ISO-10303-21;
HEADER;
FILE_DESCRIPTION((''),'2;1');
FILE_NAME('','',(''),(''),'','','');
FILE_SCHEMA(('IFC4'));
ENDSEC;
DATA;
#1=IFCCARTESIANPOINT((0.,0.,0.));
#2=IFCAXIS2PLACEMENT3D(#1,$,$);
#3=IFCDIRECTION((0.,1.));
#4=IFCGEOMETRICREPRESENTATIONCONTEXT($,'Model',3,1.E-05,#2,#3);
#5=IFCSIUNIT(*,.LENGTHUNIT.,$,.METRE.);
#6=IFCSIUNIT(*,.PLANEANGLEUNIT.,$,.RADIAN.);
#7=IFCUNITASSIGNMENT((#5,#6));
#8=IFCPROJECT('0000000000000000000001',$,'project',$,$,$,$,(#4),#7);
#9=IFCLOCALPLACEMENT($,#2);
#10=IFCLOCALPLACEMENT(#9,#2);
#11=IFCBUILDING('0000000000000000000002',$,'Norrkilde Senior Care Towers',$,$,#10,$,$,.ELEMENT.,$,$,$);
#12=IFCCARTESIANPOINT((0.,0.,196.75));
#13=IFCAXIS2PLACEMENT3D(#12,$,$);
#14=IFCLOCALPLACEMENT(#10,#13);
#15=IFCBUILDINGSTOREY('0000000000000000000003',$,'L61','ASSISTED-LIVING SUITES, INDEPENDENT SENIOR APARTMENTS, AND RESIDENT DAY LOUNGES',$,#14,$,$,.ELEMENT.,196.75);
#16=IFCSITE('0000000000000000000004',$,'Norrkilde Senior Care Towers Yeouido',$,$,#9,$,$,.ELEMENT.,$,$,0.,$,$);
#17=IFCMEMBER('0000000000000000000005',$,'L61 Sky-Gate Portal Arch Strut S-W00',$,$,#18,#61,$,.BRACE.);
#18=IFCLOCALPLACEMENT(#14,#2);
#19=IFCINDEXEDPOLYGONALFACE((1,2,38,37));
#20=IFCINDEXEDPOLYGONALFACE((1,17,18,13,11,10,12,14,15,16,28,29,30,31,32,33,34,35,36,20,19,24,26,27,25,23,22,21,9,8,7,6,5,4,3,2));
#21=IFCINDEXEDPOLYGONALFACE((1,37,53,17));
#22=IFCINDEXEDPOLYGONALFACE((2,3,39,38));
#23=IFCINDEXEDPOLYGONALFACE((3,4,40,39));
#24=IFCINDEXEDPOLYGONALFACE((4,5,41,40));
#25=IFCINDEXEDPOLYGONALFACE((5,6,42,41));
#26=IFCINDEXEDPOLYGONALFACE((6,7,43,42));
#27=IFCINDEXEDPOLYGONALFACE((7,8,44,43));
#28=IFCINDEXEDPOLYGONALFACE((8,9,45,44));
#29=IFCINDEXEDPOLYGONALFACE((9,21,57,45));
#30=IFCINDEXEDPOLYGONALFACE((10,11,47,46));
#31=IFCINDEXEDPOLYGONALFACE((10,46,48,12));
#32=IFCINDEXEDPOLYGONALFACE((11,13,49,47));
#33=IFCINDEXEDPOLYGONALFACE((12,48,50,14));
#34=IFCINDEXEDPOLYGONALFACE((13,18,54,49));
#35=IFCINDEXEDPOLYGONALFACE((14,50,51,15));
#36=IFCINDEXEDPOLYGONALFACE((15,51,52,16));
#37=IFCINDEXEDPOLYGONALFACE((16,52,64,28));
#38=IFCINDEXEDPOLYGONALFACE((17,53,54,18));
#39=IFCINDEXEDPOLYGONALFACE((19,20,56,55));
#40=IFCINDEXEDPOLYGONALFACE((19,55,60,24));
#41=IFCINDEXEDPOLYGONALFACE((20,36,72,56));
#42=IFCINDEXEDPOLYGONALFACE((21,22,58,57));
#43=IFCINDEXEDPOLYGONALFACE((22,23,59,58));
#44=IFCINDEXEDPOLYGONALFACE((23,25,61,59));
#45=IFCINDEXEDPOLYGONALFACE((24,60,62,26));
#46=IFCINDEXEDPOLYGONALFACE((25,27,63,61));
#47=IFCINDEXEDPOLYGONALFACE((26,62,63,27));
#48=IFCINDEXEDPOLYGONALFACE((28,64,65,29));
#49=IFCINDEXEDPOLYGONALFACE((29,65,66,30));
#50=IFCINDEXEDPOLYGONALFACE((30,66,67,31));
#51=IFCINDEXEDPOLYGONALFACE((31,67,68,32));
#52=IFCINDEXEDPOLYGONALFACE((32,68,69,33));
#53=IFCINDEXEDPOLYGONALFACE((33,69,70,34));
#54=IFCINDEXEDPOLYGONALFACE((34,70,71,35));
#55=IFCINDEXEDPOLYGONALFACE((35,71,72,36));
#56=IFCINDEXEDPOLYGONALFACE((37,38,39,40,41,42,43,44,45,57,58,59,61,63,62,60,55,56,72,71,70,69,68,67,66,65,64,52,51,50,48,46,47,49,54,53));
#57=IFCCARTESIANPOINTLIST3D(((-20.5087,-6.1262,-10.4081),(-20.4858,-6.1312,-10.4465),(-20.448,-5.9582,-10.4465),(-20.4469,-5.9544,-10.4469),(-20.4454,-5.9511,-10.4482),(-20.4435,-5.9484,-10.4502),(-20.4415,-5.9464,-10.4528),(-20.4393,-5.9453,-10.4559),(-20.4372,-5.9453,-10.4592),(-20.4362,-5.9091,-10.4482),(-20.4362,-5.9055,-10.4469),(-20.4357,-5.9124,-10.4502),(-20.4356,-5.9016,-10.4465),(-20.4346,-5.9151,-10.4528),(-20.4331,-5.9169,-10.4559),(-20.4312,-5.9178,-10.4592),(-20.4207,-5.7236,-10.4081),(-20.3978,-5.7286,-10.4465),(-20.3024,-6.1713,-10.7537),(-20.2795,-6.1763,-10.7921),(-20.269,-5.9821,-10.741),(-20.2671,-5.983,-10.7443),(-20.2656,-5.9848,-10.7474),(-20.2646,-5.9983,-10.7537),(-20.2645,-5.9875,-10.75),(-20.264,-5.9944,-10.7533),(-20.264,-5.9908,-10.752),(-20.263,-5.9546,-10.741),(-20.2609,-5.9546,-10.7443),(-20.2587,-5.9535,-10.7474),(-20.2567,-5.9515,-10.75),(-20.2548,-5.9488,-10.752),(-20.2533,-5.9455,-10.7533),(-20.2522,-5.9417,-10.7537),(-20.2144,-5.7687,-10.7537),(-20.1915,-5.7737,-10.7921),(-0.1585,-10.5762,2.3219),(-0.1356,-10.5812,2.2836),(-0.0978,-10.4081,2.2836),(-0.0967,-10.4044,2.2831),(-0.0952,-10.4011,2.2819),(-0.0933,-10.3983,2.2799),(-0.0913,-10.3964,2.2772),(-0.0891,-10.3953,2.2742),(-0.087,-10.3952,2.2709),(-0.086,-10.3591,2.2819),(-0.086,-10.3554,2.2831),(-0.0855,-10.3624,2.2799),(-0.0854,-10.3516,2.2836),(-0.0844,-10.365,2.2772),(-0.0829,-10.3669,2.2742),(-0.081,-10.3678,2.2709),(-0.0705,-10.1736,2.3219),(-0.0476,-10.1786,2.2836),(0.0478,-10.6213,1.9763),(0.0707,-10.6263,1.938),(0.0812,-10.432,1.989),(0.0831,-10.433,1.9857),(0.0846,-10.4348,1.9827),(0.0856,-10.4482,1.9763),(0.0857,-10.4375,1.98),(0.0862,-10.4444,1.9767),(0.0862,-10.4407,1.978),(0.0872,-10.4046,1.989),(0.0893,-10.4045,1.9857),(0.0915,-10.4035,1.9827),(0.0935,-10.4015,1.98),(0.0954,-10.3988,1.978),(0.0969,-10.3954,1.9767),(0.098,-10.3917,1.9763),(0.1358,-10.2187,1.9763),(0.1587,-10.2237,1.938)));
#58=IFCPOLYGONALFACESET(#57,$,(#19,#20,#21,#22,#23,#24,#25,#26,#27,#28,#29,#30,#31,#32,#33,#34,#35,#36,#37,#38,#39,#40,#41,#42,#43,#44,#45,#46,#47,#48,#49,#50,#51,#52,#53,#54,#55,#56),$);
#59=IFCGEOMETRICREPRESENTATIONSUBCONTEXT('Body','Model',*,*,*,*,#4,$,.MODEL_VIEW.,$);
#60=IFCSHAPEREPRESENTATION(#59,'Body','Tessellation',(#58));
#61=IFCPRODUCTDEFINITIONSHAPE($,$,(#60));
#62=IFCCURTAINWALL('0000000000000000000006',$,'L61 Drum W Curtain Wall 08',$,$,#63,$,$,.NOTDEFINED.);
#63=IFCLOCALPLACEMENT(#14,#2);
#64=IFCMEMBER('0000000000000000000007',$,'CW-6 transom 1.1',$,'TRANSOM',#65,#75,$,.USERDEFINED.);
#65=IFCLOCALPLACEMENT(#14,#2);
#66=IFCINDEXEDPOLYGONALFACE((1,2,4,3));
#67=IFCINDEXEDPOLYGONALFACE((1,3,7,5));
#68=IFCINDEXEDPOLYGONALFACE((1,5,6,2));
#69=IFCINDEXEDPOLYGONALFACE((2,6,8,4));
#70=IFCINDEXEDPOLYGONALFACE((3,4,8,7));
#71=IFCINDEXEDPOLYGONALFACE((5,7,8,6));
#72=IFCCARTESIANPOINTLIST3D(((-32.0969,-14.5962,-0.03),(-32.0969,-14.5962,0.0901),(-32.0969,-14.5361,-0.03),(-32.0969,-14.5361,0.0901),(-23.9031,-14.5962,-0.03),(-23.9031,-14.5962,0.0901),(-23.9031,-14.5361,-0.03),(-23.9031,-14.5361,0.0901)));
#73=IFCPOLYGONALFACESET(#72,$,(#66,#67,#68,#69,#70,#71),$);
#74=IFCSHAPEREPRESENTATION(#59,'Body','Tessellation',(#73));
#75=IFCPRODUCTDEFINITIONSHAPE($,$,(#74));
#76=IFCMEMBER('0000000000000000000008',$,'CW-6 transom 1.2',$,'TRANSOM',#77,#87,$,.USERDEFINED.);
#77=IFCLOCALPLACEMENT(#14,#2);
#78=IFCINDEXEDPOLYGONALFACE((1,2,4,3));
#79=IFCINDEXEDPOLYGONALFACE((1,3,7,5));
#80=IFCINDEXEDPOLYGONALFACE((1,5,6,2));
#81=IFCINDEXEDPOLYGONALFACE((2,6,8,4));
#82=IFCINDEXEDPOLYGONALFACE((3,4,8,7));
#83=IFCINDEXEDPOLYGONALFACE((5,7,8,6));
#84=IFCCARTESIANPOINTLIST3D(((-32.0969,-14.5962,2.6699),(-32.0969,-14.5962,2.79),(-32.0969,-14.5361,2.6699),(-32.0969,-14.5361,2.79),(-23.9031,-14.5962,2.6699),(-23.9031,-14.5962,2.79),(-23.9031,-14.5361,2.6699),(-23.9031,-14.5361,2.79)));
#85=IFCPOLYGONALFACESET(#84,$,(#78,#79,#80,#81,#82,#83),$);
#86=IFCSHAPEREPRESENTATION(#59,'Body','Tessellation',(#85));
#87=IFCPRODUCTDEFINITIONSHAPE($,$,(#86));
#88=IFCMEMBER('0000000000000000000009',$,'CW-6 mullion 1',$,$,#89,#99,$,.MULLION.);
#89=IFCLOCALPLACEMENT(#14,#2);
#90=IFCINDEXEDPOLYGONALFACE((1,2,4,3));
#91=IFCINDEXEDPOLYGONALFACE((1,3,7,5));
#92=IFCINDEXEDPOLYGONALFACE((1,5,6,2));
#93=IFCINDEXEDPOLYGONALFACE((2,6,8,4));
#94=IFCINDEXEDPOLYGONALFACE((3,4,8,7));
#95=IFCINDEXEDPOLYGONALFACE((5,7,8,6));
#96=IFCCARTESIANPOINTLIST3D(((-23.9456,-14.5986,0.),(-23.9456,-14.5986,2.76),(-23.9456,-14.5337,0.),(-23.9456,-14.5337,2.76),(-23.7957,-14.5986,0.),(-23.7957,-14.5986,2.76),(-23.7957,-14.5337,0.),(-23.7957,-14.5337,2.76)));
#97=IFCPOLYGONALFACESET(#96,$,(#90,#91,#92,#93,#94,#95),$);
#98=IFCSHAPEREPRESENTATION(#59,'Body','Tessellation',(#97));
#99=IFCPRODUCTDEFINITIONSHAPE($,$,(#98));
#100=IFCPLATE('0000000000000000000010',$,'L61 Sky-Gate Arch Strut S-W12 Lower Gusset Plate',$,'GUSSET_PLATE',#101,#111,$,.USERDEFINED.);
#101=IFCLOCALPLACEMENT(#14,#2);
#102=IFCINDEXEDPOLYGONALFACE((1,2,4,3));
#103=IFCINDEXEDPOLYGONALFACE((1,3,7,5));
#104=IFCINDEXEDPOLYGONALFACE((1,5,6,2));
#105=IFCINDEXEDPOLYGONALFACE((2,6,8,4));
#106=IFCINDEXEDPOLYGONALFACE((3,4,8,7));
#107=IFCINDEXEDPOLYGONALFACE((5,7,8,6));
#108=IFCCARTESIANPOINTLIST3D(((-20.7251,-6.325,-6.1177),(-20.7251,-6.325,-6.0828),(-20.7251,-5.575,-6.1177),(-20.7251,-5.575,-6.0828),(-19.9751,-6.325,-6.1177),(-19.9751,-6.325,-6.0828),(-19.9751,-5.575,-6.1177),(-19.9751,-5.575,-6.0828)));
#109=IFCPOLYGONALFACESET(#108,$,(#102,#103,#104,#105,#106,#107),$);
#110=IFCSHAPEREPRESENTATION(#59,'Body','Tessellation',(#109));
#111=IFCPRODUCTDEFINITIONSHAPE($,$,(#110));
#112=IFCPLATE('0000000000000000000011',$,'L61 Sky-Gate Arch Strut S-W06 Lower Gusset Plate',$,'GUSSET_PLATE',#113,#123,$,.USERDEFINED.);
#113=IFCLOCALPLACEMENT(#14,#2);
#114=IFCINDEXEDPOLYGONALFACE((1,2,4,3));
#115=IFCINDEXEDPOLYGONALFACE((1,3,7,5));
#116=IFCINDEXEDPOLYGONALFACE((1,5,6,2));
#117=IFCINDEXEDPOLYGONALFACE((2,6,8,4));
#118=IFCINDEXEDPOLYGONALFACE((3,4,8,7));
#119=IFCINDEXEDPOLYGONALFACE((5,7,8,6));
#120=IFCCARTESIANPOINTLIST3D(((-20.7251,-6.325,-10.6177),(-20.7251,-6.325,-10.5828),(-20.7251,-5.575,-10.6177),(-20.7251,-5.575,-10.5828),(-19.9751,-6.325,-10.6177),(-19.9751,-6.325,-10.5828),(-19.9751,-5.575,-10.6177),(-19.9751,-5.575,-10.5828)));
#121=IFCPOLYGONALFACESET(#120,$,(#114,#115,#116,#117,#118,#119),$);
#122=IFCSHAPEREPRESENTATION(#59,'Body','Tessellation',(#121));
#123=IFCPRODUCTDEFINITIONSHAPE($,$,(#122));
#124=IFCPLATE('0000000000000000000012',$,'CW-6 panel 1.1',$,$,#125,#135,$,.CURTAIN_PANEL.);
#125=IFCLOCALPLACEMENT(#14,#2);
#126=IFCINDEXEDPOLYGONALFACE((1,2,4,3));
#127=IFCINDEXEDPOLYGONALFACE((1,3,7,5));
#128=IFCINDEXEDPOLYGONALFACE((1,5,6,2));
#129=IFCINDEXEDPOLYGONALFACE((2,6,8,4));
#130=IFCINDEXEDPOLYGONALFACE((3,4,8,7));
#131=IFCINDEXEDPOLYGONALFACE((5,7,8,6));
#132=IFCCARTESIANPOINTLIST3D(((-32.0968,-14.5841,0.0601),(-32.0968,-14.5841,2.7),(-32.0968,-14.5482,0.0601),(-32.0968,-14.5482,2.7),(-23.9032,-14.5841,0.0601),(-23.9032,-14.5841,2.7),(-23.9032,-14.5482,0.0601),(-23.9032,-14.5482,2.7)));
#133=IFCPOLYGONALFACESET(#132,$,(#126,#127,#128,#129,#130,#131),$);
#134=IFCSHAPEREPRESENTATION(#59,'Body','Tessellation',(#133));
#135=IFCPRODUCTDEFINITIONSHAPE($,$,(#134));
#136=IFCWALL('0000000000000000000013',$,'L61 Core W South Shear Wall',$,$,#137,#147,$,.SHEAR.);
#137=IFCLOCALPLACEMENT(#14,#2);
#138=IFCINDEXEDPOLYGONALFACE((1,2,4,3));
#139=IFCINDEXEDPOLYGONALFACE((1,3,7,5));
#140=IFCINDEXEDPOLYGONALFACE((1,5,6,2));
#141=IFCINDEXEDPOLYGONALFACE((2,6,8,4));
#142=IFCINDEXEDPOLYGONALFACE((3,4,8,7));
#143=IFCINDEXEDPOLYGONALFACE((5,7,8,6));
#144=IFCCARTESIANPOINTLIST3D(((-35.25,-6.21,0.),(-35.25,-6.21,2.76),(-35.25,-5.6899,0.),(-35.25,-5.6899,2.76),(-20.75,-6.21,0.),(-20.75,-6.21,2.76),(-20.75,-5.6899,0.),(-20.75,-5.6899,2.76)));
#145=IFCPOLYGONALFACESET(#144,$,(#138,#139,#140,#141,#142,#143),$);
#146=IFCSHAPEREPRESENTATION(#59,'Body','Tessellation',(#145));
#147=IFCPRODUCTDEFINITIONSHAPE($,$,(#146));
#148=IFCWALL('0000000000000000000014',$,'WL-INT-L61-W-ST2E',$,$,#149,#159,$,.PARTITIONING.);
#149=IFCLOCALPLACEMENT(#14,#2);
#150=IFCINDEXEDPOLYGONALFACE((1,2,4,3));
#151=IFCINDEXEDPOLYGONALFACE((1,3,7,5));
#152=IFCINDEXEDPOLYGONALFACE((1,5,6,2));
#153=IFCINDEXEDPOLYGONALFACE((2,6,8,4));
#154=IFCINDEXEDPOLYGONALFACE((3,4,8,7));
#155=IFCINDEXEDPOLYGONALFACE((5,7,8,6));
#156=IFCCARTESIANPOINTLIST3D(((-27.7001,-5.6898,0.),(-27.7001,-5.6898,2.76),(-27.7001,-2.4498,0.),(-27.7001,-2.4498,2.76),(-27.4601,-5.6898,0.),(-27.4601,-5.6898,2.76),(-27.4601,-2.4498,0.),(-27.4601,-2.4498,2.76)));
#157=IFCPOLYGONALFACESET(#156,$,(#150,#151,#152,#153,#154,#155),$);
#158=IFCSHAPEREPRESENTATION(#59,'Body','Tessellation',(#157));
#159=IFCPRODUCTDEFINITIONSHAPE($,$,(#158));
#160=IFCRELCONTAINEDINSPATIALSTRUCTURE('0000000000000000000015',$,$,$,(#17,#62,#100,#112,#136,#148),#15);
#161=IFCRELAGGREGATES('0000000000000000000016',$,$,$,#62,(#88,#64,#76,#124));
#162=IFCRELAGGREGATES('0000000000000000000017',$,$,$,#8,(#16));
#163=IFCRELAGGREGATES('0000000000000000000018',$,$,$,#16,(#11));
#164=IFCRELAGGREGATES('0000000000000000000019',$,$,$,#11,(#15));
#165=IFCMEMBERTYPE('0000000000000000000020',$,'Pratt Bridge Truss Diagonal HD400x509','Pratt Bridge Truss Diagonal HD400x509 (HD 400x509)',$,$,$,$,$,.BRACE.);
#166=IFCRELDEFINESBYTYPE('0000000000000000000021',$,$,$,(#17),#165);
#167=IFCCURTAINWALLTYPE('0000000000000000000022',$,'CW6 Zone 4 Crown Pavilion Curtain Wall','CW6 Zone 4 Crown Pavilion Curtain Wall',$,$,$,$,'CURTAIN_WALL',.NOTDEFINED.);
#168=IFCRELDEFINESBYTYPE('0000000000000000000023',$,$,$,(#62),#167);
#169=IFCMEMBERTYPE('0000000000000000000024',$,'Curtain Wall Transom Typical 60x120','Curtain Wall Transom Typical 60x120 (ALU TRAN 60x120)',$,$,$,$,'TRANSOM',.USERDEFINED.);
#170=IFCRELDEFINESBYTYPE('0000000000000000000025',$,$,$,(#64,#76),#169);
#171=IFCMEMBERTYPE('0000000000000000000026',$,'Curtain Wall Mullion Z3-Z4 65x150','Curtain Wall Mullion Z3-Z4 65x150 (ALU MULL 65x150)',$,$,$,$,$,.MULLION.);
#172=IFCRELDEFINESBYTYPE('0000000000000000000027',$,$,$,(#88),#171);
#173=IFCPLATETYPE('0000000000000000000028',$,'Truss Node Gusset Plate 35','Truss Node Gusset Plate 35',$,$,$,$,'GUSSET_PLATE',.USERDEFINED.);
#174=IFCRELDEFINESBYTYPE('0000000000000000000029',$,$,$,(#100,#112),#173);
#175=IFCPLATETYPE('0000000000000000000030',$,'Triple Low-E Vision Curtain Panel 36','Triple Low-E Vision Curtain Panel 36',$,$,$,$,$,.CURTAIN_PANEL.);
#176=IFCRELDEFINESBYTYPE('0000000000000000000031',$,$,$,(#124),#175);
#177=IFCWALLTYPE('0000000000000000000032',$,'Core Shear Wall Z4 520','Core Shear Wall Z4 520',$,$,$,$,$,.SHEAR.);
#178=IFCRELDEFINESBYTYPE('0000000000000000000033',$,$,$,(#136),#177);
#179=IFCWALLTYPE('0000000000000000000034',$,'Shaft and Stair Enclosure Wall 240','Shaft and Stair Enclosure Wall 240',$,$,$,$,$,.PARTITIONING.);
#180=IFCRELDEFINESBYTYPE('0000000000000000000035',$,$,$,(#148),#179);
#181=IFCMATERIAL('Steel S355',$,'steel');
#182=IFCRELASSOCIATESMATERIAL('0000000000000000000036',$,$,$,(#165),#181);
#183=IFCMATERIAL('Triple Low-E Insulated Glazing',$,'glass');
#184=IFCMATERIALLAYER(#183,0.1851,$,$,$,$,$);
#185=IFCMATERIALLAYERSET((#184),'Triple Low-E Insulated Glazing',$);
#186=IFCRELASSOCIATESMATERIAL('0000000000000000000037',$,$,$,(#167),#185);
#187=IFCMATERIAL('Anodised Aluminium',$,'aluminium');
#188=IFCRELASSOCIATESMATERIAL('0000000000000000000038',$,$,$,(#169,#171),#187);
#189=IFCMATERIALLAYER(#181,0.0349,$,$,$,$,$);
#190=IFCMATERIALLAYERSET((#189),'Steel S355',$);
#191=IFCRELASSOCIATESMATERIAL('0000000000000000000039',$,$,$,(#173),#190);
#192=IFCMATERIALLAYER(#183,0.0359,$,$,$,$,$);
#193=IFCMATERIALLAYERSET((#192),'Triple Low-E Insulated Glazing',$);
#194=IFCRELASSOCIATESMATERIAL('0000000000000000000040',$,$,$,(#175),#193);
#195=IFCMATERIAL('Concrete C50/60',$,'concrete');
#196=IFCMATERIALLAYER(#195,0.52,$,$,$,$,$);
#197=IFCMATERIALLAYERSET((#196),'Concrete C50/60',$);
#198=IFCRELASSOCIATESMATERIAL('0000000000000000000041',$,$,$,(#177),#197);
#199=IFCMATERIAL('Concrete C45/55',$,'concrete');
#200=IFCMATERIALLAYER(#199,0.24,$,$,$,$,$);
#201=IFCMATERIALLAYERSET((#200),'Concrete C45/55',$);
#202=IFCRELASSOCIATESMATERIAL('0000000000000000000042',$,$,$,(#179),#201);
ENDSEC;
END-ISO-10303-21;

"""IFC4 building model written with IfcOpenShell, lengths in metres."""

from ifc_helpers import new_model, si_unit, direction, frame, frame_2d, origin, origin_2d, place, context, subcontext, project, spatial, rectangle, i_section, extrude, source, transform, mapped, material, layer, layer_set, material_profile, profile_set, type_object, type_shapes, element, aggregate, save


model = new_model("IFC4")

# Units and contexts
model_context = context("Model", 3, precision=1e-05, world=origin(), true_north=direction((0.0, 1.0)))
body_context = subcontext(model_context, "Body", "Model", "MODEL_VIEW")
ifc_project = project(units=[si_unit("LENGTHUNIT", "METRE"), si_unit("PLANEANGLEUNIT", "RADIAN")], contexts=[model_context])

# Site, building, storey
site_placement = place(None, origin())
site = spatial("IfcSite", under=ifc_project, at=site_placement, Name="Norrkilde Senior Care Towers Yeouido", CompositionType="ELEMENT", RefElevation=0.0)
building_placement = place(site_placement, origin())
building = spatial("IfcBuilding", under=site, at=building_placement, Name="Norrkilde Senior Care Towers", CompositionType="ELEMENT")
storey_placement = place(building_placement, frame((0.0, 0.0, 196.75)))
storey = spatial("IfcBuildingStorey", under=building, at=storey_placement, Name="L61", Description="ASSISTED-LIVING SUITES, INDEPENDENT SENIOR APARTMENTS, AND RESIDENT DAY LOUNGES", CompositionType="ELEMENT", Elevation=196.75)

# Shared definitions
ifc_material_1 = material(Name="Concrete C50/60", Category="concrete")

# Shared definitions
ifc_material_2 = material(Name="Steel S355", Category="steel")

# Member
ifc_material_profile_1 = material_profile(ifc_material_2, i_section(OverallWidth=0.4121, OverallDepth=0.45, WebThickness=0.0281, FlangeThickness=0.0449, FilletRadius=0.0149, at=origin_2d()), Name="HD 400x509")
ifc_profile_set_1 = profile_set([ifc_material_profile_1], Name="Steel S355")
member_type_1 = type_object("IfcMemberType", Name="Pratt Bridge Truss Diagonal HD400x509", Description="Pratt Bridge Truss Diagonal HD400x509 (HD 400x509)", PredefinedType="BRACE", material=ifc_profile_set_1)
shared_shape_1 = source(origin(), body_context, "Body", "SweptSolid", [
    extrude(i_section(OverallWidth=0.4121, OverallDepth=0.45, WebThickness=0.0281, FlangeThickness=0.0449, FilletRadius=0.0149, at=origin_2d()), origin(), (0.0, 0.0, 1.0), 24.4128),
])
member_1_placement = place(storey_placement, frame((-20.3501, -5.95, -10.6001), z_axis=(0.833586, -0.18228, 0.521449), x_axis=(0.213622, 0.976916, 0.0)))
element("IfcMember", 1, at=member_1_placement, inside=storey, type_object=member_type_1, Name="L61 Sky-Gate Portal Arch Strut S-W00", PredefinedType="BRACE", context=body_context, shape_type="MappedRepresentation", body=[
    mapped(shared_shape_1, transform((0.0, 0.0, 0.0), x_axis=(1.0, 0.0, 0.0), y_axis=(0.0, 1.0, 0.0), z_axis=(0.0, 0.0, 1.0), scale=1.0)),
])

# Curtain wall, members
ifc_material_3 = material(Name="Triple Low-E Insulated Glazing", Category="glass")
ifc_layer_1 = layer(ifc_material_3, 0.1851)
ifc_layer_set_1 = layer_set([ifc_layer_1], Name="Triple Low-E Insulated Glazing")
curtain_wall_type = type_object("IfcCurtainWallType", Name="CW6 Zone 4 Crown Pavilion Curtain Wall", Description="CW6 Zone 4 Crown Pavilion Curtain Wall", ElementType="CURTAIN_WALL", PredefinedType="NOTDEFINED", material=ifc_layer_set_1)
curtain_wall_placement = place(storey_placement, origin())
curtain_wall = element("IfcCurtainWall", 2, at=curtain_wall_placement, inside=storey, type_object=curtain_wall_type, Name="L61 Drum W Curtain Wall 08", PredefinedType="NOTDEFINED")
ifc_material_4 = material(Name="Anodised Aluminium", Category="aluminium")
ifc_material_profile_2 = material_profile(ifc_material_4, rectangle(XDim=0.0601, YDim=0.1201, at=origin_2d()), Name="ALU TRAN 60x120")
ifc_profile_set_2 = profile_set([ifc_material_profile_2], Name="Anodised Aluminium")
member_type_2 = type_object("IfcMemberType", Name="Curtain Wall Transom Typical 60x120", Description="Curtain Wall Transom Typical 60x120 (ALU TRAN 60x120)", ElementType="TRANSOM", PredefinedType="USERDEFINED", material=ifc_profile_set_2)
shared_shape_2 = source(origin(), body_context, "Body", "SweptSolid", [
    extrude(rectangle(XDim=0.0601, YDim=0.1201, at=origin_2d()), origin(), (0.0, 0.0, 1.0), 8.1938),
])
type_shapes(member_type_2, [shared_shape_2])
member_2_placement = place(storey_placement, frame((-23.9031, -14.5662, 0.03), z_axis=(-1.0, 0.0, 0.0), x_axis=(0.0, -1.0, 0.0)))
member_2 = element("IfcMember", 3, at=member_2_placement, type_object=member_type_2, Name="CW-6 transom 1.1", ObjectType="TRANSOM", PredefinedType="USERDEFINED", context=body_context, shape_type="MappedRepresentation", body=[
    mapped(shared_shape_2, transform((0.0, 0.0, 0.0), x_axis=(1.0, 0.0, 0.0), y_axis=(0.0, 1.0, 0.0), z_axis=(0.0, 0.0, 1.0), scale=1.0)),
])
member_3_placement = place(storey_placement, frame((-23.9031, -14.5662, 2.73), z_axis=(-1.0, 0.0, 0.0), x_axis=(0.0, -1.0, 0.0)))
member_3 = element("IfcMember", 4, at=member_3_placement, type_object=member_type_2, Name="CW-6 transom 1.2", ObjectType="TRANSOM", PredefinedType="USERDEFINED", context=body_context, shape_type="MappedRepresentation", body=[
    mapped(shared_shape_2, transform((0.0, 0.0, 0.0), x_axis=(1.0, 0.0, 0.0), y_axis=(0.0, 1.0, 0.0), z_axis=(0.0, 0.0, 1.0), scale=1.0)),
])
ifc_material_profile_3 = material_profile(ifc_material_4, rectangle(XDim=0.0649, YDim=0.1499, at=origin_2d()), Name="ALU MULL 65x150")
ifc_profile_set_3 = profile_set([ifc_material_profile_3], Name="Anodised Aluminium")
member_type_3 = type_object("IfcMemberType", Name="Curtain Wall Mullion Z3-Z4 65x150", Description="Curtain Wall Mullion Z3-Z4 65x150 (ALU MULL 65x150)", PredefinedType="MULLION", material=ifc_profile_set_3)
shared_shape_3 = source(origin(), body_context, "Body", "SweptSolid", [
    extrude(rectangle(XDim=0.0649, YDim=0.1499, at=origin_2d()), origin(), (0.0, 0.0, 1.0), 2.76),
])
type_shapes(member_type_3, [shared_shape_3])
member_4_placement = place(storey_placement, frame((-23.8706, -14.5662, 0.0), z_axis=(0.0, 0.0, 1.0), x_axis=(0.0, -1.0, 0.0)))
member_4 = element("IfcMember", 5, at=member_4_placement, type_object=member_type_3, Name="CW-6 mullion 1", PredefinedType="MULLION", context=body_context, shape_type="MappedRepresentation", body=[
    mapped(shared_shape_3, transform((0.0, 0.0, 0.0), x_axis=(1.0, 0.0, 0.0), y_axis=(0.0, 1.0, 0.0), z_axis=(0.0, 0.0, 1.0), scale=1.0)),
])

# Plates
ifc_layer_2 = layer(ifc_material_2, 0.0349)
ifc_layer_set_2 = layer_set([ifc_layer_2], Name="Steel S355")
plate_type_1 = type_object("IfcPlateType", Name="Truss Node Gusset Plate 35", Description="Truss Node Gusset Plate 35", ElementType="GUSSET_PLATE", PredefinedType="USERDEFINED", material=ifc_layer_set_2)
shared_shape_4 = source(origin(), body_context, "Body", "SweptSolid", [
    extrude(rectangle(XDim=0.75, YDim=0.75, at=origin_2d()), origin(), (0.0, 0.0, 1.0), 0.0349),
])
type_shapes(plate_type_1, [shared_shape_4])
for number, where, z_axis, x_axis, name in (
    (6, (-20.3501, -5.95, -6.1177), (0.0, 0.0, 1.0), (1.0, 0.0, 0.0), "L61 Sky-Gate Arch Strut S-W12 Lower Gusset Plate"),
    (7, (-20.3501, -5.95, -10.6177), (0.0, 0.0, 1.0), (1.0, 0.0, 0.0), "L61 Sky-Gate Arch Strut S-W06 Lower Gusset Plate"),
):
    element("IfcPlate", number, at=place(storey_placement, frame(where, z_axis=z_axis, x_axis=x_axis)), inside=storey, type_object=plate_type_1, Name=name, ObjectType="GUSSET_PLATE", PredefinedType="USERDEFINED", context=body_context, shape_type="MappedRepresentation", body=[
        mapped(shared_shape_4, transform((0.0, 0.0, 0.0), x_axis=(1.0, 0.0, 0.0), y_axis=(0.0, 1.0, 0.0), z_axis=(0.0, 0.0, 1.0), scale=1.0)),
    ])

# Plate
ifc_layer_3 = layer(ifc_material_3, 0.0359)
ifc_layer_set_3 = layer_set([ifc_layer_3], Name="Triple Low-E Insulated Glazing")
plate_type_2 = type_object("IfcPlateType", Name="Triple Low-E Vision Curtain Panel 36", Description="Triple Low-E Vision Curtain Panel 36", PredefinedType="CURTAIN_PANEL", material=ifc_layer_set_3)
shared_shape_5 = source(origin(), body_context, "Body", "SweptSolid", [
    extrude(rectangle(XDim=8.1936, YDim=0.0359, at=origin_2d()), origin(), (0.0, 0.0, 1.0), 2.6399),
])
type_shapes(plate_type_2, [shared_shape_5])
plate_placement = place(storey_placement, frame((-28.0, -14.5662, 0.0601), z_axis=(0.0, 0.0, 1.0), x_axis=(-1.0, 0.0, 0.0)))
plate = element("IfcPlate", 8, at=plate_placement, type_object=plate_type_2, Name="CW-6 panel 1.1", PredefinedType="CURTAIN_PANEL", context=body_context, shape_type="MappedRepresentation", body=[
    mapped(shared_shape_5, transform((0.0, 0.0, 0.0), x_axis=(1.0, 0.0, 0.0), y_axis=(0.0, 1.0, 0.0), z_axis=(0.0, 0.0, 1.0), scale=1.0)),
])
aggregate(curtain_wall, [member_4, member_2, member_3, plate])

# Walls
ifc_layer_4 = layer(ifc_material_1, 0.52)
ifc_layer_set_4 = layer_set([ifc_layer_4], Name="Concrete C50/60")
wall_type_1 = type_object("IfcWallType", Name="Core Shear Wall Z4 520", Description="Core Shear Wall Z4 520", PredefinedType="SHEAR", material=ifc_layer_set_4)
shared_shape_6 = source(origin(), body_context, "Body", "SweptSolid", [
    extrude(rectangle(XDim=14.5, YDim=0.52, at=frame_2d((7.25, 0.0))), origin(), (0.0, 0.0, 1.0), 2.76),
])
type_shapes(wall_type_1, [shared_shape_6])
wall_1_placement = place(storey_placement, frame((-20.75, -5.95, 0.0), z_axis=(0.0, 0.0, 1.0), x_axis=(-1.0, 0.0, 0.0)))
element("IfcWall", 9, at=wall_1_placement, inside=storey, type_object=wall_type_1, Name="L61 Core W South Shear Wall", PredefinedType="SHEAR", context=body_context, shape_type="MappedRepresentation", body=[
    mapped(shared_shape_6, transform((0.0, 0.0, 0.0), x_axis=(1.0, 0.0, 0.0), y_axis=(0.0, 1.0, 0.0), z_axis=(0.0, 0.0, 1.0), scale=1.0)),
])
ifc_material_5 = material(Name="Concrete C45/55", Category="concrete")
ifc_layer_5 = layer(ifc_material_5, 0.24)
ifc_layer_set_5 = layer_set([ifc_layer_5], Name="Concrete C45/55")
wall_type_2 = type_object("IfcWallType", Name="Shaft and Stair Enclosure Wall 240", Description="Shaft and Stair Enclosure Wall 240", PredefinedType="PARTITIONING", material=ifc_layer_set_5)
shared_shape_7 = source(origin(), body_context, "Body", "SweptSolid", [
    extrude(rectangle(XDim=3.24, YDim=0.24, at=frame_2d((1.6201, 0.0))), origin(), (0.0, 0.0, 1.0), 2.76),
])
type_shapes(wall_type_2, [shared_shape_7])
wall_2_placement = place(storey_placement, frame((-27.5801, -5.6899, 0.0), z_axis=(0.0, 0.0, 1.0), x_axis=(0.0, 1.0, 0.0)))
element("IfcWall", 10, at=wall_2_placement, inside=storey, type_object=wall_type_2, Name="WL-INT-L61-W-ST2E", PredefinedType="PARTITIONING", context=body_context, shape_type="MappedRepresentation", body=[
    mapped(shared_shape_7, transform((0.0, 0.0, 0.0), x_axis=(1.0, 0.0, 0.0), y_axis=(0.0, 1.0, 0.0), z_axis=(0.0, 0.0, 1.0), scale=1.0)),
])

save(model, "model.ifc")
